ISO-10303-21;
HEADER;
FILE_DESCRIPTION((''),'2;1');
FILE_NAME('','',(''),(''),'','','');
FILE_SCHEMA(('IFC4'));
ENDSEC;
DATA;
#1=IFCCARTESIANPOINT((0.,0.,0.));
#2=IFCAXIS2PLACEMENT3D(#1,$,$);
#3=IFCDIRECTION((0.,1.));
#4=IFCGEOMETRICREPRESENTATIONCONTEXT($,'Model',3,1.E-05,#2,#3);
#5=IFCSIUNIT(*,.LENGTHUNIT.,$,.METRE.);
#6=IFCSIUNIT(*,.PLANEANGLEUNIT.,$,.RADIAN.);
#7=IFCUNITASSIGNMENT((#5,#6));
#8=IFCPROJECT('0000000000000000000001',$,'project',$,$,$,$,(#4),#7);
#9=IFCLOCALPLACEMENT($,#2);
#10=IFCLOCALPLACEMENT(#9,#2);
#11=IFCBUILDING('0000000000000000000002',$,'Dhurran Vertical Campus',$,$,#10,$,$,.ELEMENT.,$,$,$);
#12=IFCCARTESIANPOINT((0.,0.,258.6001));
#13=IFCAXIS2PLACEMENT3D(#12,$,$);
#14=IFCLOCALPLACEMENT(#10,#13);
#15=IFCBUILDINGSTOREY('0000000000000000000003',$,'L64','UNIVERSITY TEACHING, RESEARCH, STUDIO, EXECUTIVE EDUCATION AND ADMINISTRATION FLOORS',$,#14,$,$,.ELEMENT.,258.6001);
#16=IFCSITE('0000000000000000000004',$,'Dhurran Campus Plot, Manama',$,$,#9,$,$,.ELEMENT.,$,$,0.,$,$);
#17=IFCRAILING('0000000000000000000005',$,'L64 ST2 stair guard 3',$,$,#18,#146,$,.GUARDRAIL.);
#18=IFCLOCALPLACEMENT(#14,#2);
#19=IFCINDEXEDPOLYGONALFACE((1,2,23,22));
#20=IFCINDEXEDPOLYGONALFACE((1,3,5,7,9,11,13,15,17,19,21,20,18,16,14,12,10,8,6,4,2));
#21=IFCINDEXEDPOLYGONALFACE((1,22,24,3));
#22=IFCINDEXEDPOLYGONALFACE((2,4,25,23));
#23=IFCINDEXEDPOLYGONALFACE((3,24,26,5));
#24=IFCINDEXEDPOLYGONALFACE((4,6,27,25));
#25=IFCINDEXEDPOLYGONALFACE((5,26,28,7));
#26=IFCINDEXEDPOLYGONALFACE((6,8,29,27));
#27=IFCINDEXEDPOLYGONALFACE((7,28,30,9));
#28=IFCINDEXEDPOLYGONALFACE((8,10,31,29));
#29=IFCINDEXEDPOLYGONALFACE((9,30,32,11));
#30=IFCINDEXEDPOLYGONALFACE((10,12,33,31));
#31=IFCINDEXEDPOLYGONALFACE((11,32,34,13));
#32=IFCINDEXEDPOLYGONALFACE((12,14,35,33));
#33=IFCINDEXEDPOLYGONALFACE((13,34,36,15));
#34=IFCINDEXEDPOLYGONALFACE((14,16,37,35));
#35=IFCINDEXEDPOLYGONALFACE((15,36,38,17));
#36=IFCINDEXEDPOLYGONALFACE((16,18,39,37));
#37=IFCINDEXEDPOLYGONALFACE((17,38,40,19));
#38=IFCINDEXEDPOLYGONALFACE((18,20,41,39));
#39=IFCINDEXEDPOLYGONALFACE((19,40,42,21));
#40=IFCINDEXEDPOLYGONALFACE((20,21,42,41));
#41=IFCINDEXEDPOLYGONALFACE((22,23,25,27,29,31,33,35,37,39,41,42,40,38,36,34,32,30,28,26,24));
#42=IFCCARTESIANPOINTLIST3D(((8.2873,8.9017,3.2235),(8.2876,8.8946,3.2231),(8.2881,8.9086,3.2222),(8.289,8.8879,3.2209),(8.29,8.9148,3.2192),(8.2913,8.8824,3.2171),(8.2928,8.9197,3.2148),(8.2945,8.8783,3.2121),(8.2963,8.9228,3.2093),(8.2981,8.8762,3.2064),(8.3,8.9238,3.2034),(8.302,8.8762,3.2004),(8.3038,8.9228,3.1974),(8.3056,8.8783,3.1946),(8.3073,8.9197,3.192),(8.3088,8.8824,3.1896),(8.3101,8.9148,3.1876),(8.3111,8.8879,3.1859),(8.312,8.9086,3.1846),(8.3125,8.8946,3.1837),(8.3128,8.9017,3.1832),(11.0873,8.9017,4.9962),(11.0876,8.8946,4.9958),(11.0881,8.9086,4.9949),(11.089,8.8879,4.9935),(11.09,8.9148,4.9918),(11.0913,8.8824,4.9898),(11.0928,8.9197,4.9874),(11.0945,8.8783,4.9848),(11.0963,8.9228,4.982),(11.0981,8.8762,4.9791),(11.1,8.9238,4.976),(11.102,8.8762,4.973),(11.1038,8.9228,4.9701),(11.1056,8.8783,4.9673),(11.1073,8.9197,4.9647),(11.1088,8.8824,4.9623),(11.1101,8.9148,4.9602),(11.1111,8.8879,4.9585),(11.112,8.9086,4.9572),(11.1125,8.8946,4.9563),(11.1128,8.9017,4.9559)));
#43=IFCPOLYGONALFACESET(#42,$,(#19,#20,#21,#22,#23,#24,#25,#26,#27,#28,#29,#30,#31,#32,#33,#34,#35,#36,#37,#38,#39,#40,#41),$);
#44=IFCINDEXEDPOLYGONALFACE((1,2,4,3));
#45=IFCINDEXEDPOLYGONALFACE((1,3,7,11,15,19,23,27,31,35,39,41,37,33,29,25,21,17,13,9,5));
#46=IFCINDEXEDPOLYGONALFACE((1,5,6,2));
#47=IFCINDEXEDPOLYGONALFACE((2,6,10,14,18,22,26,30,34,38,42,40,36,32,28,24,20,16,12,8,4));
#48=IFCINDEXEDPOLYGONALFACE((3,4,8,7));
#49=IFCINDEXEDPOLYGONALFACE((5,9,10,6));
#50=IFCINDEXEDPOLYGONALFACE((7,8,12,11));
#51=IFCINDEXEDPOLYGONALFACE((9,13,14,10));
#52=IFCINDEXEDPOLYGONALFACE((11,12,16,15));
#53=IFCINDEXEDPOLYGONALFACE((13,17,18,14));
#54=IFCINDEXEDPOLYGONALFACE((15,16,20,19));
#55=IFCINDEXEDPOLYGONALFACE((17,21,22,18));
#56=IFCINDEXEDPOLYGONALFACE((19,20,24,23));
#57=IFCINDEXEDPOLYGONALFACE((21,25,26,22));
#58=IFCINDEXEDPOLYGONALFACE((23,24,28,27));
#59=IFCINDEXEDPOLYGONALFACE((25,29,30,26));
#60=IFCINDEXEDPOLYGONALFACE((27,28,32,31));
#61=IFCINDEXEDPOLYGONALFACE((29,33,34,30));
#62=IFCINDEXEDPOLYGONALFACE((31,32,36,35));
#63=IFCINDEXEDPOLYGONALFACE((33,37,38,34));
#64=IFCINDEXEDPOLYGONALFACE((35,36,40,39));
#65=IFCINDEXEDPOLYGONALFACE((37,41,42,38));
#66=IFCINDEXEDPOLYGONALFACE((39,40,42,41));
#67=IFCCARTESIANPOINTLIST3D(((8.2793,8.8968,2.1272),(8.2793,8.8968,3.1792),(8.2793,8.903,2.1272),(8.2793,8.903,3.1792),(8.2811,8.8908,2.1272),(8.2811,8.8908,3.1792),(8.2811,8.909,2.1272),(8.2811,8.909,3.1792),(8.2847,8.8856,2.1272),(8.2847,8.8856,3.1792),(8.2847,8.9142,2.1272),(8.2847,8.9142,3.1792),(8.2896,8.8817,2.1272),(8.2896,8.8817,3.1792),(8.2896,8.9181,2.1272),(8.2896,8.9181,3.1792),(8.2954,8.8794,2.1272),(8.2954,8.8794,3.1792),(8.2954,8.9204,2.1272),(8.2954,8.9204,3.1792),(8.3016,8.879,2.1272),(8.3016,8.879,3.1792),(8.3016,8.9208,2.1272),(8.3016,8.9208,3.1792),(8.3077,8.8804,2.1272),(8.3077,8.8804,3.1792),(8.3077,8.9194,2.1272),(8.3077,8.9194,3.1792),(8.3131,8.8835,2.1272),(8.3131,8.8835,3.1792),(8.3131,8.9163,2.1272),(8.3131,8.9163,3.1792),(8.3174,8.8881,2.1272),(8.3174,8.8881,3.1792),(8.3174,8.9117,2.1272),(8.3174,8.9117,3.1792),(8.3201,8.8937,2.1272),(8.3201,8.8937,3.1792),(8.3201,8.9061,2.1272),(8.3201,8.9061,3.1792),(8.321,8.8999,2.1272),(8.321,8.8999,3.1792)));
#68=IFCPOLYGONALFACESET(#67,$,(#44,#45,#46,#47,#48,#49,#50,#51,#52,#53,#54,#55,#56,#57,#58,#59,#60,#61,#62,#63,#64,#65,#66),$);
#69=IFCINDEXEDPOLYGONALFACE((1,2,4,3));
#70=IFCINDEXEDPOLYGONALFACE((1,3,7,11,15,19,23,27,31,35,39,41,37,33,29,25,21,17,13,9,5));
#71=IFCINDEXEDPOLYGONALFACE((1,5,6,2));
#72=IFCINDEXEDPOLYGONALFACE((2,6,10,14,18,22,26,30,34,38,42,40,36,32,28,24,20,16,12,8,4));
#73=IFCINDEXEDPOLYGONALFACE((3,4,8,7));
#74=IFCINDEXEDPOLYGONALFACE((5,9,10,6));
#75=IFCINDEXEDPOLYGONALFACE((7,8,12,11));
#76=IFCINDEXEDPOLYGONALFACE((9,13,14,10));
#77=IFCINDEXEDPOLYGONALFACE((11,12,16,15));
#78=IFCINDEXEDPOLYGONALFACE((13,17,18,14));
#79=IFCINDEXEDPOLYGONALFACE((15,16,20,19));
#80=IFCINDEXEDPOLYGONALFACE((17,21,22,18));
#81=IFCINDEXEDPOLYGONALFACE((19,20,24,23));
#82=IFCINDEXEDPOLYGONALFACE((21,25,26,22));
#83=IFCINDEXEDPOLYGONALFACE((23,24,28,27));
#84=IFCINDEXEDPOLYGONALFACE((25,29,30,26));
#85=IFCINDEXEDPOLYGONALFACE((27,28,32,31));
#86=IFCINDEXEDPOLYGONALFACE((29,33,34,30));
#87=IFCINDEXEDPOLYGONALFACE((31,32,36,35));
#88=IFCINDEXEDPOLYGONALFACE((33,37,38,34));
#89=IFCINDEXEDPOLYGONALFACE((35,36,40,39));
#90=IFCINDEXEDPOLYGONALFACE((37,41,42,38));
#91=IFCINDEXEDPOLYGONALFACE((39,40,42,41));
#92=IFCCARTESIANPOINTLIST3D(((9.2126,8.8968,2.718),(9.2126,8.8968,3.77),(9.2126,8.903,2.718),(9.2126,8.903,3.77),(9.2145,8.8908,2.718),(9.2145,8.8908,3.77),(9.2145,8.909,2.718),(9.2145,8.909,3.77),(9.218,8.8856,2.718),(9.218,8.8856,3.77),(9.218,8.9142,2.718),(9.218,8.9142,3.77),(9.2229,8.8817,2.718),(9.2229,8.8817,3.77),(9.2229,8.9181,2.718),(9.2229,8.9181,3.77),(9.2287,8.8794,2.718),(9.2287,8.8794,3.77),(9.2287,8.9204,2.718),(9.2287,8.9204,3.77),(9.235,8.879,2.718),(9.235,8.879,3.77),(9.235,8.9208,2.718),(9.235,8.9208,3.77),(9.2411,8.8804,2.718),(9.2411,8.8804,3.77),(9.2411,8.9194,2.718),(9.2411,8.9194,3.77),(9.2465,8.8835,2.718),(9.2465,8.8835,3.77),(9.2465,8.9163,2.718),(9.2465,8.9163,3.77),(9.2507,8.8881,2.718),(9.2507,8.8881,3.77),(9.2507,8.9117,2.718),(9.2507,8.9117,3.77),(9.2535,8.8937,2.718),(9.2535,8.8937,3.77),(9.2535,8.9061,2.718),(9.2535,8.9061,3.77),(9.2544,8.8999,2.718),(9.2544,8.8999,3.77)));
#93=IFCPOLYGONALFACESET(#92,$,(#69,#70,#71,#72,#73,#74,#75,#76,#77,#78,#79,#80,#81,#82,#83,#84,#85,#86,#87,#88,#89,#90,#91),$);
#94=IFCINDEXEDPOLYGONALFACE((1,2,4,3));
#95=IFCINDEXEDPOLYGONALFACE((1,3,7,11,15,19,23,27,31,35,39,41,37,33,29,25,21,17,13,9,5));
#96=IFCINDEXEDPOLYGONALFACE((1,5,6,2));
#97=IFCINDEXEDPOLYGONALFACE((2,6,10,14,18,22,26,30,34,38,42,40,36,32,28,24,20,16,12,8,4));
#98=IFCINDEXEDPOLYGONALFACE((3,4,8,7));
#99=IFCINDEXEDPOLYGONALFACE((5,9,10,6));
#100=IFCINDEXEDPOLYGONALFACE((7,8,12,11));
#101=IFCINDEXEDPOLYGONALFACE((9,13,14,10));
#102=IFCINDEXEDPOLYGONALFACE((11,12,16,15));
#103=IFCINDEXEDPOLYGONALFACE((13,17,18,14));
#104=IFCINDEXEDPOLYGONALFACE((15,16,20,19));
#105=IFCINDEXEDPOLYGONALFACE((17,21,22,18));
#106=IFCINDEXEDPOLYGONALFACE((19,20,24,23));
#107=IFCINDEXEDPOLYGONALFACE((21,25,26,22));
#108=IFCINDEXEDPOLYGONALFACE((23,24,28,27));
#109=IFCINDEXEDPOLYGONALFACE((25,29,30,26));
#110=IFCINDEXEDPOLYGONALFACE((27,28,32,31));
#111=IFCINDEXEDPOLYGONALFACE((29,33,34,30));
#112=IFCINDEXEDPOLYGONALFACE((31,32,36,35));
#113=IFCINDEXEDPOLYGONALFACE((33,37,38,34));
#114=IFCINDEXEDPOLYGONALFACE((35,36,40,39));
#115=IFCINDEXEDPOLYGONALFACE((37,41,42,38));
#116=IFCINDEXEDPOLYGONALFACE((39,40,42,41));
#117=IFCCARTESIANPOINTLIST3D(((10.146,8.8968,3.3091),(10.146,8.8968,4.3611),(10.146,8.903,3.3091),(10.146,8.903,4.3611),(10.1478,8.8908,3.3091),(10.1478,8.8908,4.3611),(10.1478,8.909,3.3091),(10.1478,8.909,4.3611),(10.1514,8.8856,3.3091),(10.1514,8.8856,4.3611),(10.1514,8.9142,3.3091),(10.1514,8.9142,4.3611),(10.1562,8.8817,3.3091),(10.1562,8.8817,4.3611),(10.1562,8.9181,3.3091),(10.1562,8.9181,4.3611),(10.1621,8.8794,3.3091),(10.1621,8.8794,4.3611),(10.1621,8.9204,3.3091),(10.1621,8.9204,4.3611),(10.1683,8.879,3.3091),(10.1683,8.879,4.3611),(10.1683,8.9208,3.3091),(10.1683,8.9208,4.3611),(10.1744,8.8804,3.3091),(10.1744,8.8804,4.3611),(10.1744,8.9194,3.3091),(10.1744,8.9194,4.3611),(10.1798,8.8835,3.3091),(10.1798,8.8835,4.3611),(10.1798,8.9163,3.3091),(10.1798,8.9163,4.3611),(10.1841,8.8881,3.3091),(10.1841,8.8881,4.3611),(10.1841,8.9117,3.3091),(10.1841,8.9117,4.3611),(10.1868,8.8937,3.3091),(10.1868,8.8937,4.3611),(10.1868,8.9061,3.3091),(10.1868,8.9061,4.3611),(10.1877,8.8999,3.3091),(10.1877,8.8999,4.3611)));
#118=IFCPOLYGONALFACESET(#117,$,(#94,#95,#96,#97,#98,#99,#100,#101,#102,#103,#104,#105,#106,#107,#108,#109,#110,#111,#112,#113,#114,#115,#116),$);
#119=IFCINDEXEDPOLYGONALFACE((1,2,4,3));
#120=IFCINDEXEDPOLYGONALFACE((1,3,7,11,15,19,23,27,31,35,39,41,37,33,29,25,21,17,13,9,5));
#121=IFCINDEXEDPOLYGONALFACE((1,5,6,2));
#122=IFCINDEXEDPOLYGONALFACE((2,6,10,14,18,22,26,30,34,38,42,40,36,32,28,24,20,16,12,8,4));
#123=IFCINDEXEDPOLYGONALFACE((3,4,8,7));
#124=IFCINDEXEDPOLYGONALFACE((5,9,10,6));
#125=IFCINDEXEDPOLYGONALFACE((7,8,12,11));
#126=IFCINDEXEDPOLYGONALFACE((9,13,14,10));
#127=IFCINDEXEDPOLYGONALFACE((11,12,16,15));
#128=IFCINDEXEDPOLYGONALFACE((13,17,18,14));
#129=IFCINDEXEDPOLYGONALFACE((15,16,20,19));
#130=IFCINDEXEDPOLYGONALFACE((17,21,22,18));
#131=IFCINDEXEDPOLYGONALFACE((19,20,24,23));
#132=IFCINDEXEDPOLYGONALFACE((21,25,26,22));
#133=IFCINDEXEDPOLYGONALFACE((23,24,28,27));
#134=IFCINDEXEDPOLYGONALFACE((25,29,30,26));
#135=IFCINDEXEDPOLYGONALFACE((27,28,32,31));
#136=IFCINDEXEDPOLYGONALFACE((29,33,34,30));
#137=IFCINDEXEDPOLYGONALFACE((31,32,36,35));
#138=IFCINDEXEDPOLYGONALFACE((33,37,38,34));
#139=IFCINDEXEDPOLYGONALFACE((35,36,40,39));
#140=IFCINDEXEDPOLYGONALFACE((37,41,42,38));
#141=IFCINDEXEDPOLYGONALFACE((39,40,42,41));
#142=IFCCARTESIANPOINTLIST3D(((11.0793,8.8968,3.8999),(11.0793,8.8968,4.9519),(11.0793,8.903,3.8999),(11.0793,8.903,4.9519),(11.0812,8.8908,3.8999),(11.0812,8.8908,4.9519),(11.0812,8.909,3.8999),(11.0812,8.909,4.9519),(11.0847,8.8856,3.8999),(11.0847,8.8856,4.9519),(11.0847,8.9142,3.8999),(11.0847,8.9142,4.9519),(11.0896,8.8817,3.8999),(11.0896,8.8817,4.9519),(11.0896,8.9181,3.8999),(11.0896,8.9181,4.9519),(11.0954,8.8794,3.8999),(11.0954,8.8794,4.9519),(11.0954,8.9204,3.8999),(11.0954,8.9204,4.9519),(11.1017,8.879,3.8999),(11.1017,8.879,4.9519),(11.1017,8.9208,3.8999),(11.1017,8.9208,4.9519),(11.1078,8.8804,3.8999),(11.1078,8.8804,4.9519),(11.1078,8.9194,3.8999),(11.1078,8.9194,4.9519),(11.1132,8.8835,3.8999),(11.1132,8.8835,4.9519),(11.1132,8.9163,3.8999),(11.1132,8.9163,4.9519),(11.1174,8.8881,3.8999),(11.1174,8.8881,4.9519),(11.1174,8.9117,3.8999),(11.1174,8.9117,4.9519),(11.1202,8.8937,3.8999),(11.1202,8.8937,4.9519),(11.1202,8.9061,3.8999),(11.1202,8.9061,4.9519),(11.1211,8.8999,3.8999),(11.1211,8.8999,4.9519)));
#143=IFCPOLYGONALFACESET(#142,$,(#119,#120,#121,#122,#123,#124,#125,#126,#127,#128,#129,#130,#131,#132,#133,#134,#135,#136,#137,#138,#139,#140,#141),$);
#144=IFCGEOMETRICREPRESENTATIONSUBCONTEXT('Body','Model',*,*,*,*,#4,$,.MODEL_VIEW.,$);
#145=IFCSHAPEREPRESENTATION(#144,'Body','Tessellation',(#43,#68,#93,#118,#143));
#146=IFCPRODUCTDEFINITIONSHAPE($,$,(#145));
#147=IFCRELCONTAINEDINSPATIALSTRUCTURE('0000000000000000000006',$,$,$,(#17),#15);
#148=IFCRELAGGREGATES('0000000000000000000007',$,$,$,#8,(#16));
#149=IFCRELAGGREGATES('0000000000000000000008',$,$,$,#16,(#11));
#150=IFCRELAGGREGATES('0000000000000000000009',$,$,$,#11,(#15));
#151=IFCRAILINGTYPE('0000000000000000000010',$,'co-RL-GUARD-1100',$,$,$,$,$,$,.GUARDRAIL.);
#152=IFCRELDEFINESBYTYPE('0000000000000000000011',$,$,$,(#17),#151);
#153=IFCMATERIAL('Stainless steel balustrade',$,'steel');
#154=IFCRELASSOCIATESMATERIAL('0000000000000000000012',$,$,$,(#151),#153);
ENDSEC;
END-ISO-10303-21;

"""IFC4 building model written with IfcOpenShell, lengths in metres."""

from ifc_helpers import new_model, si_unit, direction, frame, origin, origin_2d, place, context, subcontext, project, spatial, circle, extrude, material, type_object, element, save


model = new_model("IFC4")

# Units and contexts
model_context = context("Model", 3, precision=1e-05, world=origin(), true_north=direction((0.0, 1.0)))
body_context = subcontext(model_context, "Body", "Model", "MODEL_VIEW")
ifc_project = project(units=[si_unit("LENGTHUNIT", "METRE"), si_unit("PLANEANGLEUNIT", "RADIAN")], contexts=[model_context])

# Site, building, storey
site_placement = place(None, origin())
site = spatial("IfcSite", under=ifc_project, at=site_placement, Name="Dhurran Campus Plot, Manama", CompositionType="ELEMENT", RefElevation=0.0)
building_placement = place(site_placement, origin())
building = spatial("IfcBuilding", under=site, at=building_placement, Name="Dhurran Vertical Campus", CompositionType="ELEMENT")
storey_placement = place(building_placement, frame((0.0, 0.0, 258.6001)))
storey = spatial("IfcBuildingStorey", under=building, at=storey_placement, Name="L64", Description="UNIVERSITY TEACHING, RESEARCH, STUDIO, EXECUTIVE EDUCATION AND ADMINISTRATION FLOORS", CompositionType="ELEMENT", Elevation=258.6001)

# Railing
ifc_material_1 = material(Name="Stainless steel balustrade", Category="steel")
railing_type_1 = type_object("IfcRailingType", Name="co-RL-GUARD-1100", PredefinedType="GUARDRAIL", material=ifc_material_1)
railing_1_placement = place(storey_placement, frame((8.3, 8.8999, 2.1272)))
element("IfcRailing", 1, at=railing_1_placement, inside=storey, type_object=railing_type_1, Name="L64 ST2 stair guard 3", PredefinedType="GUARDRAIL", context=body_context, shape_type="SweptSolid", body=[
    extrude(circle(Radius=0.0239, at=origin_2d()), frame((0.0, 0.0, 1.0762), z_axis=(0.844909, 0.0, 0.53491), x_axis=(0.0, 1.0, 0.0)), (0.0, 0.0, 1.0), 3.314),
    extrude(circle(Radius=0.021, at=origin_2d()), origin(), (0.0, 0.0, 1.0), 1.052),
    extrude(circle(Radius=0.021, at=origin_2d()), frame((0.9333, 0.0, 0.5908)), (0.0, 0.0, 1.0), 1.052),
    extrude(circle(Radius=0.021, at=origin_2d()), frame((1.8667, 0.0, 1.1819)), (0.0, 0.0, 1.0), 1.052),
    extrude(circle(Radius=0.021, at=origin_2d()), frame((2.8, 0.0, 1.7727)), (0.0, 0.0, 1.0), 1.052),
])

save(model, "model.ifc")
